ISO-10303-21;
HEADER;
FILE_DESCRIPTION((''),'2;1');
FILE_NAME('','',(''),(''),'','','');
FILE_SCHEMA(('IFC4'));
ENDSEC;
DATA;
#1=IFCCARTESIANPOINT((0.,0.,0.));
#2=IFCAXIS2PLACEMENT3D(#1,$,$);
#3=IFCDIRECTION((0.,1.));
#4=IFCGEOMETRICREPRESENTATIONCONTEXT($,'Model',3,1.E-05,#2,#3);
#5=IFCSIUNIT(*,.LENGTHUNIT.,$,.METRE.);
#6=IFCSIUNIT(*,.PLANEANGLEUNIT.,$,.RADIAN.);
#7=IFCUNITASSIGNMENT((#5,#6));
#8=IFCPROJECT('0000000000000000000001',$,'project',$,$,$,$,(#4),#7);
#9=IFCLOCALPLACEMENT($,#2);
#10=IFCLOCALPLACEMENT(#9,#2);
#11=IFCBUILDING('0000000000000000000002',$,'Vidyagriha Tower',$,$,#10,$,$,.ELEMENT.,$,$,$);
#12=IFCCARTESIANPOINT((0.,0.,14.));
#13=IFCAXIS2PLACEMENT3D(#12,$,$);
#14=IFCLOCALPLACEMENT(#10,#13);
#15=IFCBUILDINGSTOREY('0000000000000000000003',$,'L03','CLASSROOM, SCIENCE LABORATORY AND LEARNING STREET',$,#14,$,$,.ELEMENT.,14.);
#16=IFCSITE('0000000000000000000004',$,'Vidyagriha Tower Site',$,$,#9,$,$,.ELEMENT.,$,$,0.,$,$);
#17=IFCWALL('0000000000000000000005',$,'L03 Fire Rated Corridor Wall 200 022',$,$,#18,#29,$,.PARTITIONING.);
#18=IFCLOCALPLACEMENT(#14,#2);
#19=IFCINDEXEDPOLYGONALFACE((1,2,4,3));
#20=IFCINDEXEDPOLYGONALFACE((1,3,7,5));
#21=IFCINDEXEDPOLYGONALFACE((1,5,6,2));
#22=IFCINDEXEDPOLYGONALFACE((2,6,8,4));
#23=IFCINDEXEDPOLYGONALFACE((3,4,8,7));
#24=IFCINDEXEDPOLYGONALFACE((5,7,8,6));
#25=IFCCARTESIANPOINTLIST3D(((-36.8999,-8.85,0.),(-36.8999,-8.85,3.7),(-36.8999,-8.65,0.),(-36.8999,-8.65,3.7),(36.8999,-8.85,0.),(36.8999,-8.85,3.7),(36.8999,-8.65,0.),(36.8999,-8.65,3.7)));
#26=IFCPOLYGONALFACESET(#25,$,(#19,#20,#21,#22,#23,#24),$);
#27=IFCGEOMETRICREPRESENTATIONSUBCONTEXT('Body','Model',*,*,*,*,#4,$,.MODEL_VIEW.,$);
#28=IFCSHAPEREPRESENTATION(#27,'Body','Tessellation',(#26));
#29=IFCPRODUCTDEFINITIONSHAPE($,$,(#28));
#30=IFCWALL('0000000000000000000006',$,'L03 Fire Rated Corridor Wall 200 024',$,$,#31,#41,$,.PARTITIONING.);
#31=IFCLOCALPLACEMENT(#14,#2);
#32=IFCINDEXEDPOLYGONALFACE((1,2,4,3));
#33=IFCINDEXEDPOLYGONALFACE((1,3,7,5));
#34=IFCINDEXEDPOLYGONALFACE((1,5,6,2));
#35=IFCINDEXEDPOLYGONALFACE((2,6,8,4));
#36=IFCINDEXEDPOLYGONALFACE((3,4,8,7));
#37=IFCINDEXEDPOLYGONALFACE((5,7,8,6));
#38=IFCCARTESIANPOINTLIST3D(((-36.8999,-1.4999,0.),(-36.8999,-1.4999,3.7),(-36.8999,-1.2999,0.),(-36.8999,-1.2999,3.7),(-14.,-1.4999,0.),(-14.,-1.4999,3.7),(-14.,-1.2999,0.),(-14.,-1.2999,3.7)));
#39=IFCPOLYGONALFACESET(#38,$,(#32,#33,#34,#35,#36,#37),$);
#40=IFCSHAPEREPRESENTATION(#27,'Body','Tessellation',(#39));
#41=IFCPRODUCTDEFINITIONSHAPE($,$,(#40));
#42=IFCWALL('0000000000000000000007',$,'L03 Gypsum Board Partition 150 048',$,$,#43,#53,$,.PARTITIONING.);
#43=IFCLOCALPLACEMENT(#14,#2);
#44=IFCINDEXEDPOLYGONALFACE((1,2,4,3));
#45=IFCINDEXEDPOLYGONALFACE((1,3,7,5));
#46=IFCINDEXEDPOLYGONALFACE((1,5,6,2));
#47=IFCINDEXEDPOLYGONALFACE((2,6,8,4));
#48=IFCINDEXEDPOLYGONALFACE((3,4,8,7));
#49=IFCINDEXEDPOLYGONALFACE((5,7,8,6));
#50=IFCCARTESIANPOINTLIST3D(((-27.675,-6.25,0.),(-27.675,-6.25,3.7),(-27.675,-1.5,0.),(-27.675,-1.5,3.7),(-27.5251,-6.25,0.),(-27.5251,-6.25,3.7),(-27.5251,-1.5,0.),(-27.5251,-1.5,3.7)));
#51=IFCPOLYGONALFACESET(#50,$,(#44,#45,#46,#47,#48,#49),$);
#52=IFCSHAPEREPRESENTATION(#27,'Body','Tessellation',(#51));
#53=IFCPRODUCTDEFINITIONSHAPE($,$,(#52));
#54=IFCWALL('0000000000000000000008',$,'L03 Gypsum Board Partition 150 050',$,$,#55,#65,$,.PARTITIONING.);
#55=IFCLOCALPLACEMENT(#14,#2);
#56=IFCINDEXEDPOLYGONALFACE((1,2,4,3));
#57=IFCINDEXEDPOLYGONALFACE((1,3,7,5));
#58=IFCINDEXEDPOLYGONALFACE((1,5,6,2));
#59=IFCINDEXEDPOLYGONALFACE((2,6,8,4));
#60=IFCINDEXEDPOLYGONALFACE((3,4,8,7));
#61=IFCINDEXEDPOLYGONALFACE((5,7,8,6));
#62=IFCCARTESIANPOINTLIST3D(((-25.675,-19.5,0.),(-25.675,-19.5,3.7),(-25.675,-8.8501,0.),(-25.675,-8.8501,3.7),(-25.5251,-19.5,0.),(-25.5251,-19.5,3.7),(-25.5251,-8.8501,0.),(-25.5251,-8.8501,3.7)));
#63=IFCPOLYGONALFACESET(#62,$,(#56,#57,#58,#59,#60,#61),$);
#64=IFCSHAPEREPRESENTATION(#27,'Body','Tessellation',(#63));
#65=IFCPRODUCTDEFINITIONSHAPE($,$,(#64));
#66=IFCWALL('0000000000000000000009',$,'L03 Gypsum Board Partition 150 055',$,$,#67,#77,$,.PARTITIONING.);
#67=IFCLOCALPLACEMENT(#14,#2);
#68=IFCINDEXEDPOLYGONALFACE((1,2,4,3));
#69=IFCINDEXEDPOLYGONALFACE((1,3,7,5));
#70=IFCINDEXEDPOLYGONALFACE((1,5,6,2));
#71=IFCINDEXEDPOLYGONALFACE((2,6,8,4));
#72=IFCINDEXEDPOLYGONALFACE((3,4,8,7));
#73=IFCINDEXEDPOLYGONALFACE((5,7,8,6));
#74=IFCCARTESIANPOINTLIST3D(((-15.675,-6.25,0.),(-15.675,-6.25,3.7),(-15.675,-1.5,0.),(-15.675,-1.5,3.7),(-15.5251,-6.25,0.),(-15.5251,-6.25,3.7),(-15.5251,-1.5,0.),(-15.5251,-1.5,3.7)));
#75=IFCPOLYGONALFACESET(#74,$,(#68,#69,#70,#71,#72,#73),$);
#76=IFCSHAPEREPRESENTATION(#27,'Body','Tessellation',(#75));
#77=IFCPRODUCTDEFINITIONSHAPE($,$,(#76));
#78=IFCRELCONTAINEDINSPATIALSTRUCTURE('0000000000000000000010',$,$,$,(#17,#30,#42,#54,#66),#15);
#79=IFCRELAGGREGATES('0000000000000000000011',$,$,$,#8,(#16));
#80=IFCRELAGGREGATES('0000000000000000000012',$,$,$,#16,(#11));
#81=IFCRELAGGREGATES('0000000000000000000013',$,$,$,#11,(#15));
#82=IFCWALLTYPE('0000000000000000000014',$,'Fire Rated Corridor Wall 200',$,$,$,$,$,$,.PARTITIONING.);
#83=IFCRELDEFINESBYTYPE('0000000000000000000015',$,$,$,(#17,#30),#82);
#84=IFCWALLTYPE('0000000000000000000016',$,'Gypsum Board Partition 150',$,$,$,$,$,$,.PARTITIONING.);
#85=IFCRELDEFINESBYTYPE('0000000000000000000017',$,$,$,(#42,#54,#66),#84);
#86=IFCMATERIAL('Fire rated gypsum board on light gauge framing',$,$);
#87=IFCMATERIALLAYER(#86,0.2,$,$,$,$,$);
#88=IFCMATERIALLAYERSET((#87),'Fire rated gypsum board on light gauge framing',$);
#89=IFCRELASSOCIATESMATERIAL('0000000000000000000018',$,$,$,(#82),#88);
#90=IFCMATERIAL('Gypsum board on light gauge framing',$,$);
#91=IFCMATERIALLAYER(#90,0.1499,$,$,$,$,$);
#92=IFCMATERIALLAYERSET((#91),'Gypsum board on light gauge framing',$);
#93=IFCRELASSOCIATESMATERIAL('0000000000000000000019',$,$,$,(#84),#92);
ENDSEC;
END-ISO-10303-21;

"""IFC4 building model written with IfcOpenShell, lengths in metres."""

from ifc_helpers import new_model, si_unit, direction, frame, frame_2d, origin, place, context, subcontext, project, spatial, rectangle, extrude, material, layer, layer_set, type_object, element, save


model = new_model("IFC4")

# Units and contexts
model_context = context("Model", 3, precision=1e-05, world=origin(), true_north=direction((0.0, 1.0)))
body_context = subcontext(model_context, "Body", "Model", "MODEL_VIEW")
ifc_project = project(units=[si_unit("LENGTHUNIT", "METRE"), si_unit("PLANEANGLEUNIT", "RADIAN")], contexts=[model_context])

# Site, building, storey
site_placement = place(None, origin())
site = spatial("IfcSite", under=ifc_project, at=site_placement, Name="Vidyagriha Tower Site", CompositionType="ELEMENT", RefElevation=0.0)
building_placement = place(site_placement, origin())
building = spatial("IfcBuilding", under=site, at=building_placement, Name="Vidyagriha Tower", CompositionType="ELEMENT")
storey_placement = place(building_placement, frame((0.0, 0.0, 14.0)))
storey = spatial("IfcBuildingStorey", under=building, at=storey_placement, Name="L03", Description="CLASSROOM, SCIENCE LABORATORY AND LEARNING STREET", CompositionType="ELEMENT", Elevation=14.0)

# Walls
ifc_material_1 = material(Name="Fire rated gypsum board on light gauge framing")
ifc_layer_1 = layer(ifc_material_1, 0.2)
ifc_layer_set_1 = layer_set([ifc_layer_1], Name="Fire rated gypsum board on light gauge framing")
wall_type_1 = type_object("IfcWallType", Name="Fire Rated Corridor Wall 200", PredefinedType="PARTITIONING", material=ifc_layer_set_1)
wall_1_placement = place(storey_placement, frame((-36.8999, -8.75, 0.0)))
element("IfcWall", 1, at=wall_1_placement, inside=storey, type_object=wall_type_1, Name="L03 Fire Rated Corridor Wall 200 022", PredefinedType="PARTITIONING", context=body_context, shape_type="SweptSolid", body=[
    extrude(rectangle(XDim=73.7998, YDim=0.2, at=frame_2d((36.8999, 0.0))), origin(), (0.0, 0.0, 1.0), 3.7),
])
wall_2_placement = place(storey_placement, frame((-36.8999, -1.3999, 0.0)))
element("IfcWall", 2, at=wall_2_placement, inside=storey, type_object=wall_type_1, Name="L03 Fire Rated Corridor Wall 200 024", PredefinedType="PARTITIONING", context=body_context, shape_type="SweptSolid", body=[
    extrude(rectangle(XDim=22.8999, YDim=0.2, at=frame_2d((11.45, 0.0))), origin(), (0.0, 0.0, 1.0), 3.7),
])
ifc_material_2 = material(Name="Gypsum board on light gauge framing")
ifc_layer_2 = layer(ifc_material_2, 0.1499)
ifc_layer_set_2 = layer_set([ifc_layer_2], Name="Gypsum board on light gauge framing")
wall_type_2 = type_object("IfcWallType", Name="Gypsum Board Partition 150", PredefinedType="PARTITIONING", material=ifc_layer_set_2)
wall_3_placement = place(storey_placement, frame((-27.6001, -6.25, 0.0), z_axis=(0.0, 0.0, 1.0), x_axis=(0.0, 1.0, 0.0)))
element("IfcWall", 3, at=wall_3_placement, inside=storey, type_object=wall_type_2, Name="L03 Gypsum Board Partition 150 048", PredefinedType="PARTITIONING", context=body_context, shape_type="SweptSolid", body=[
    extrude(rectangle(XDim=4.75, YDim=0.1499, at=frame_2d((2.375, 0.0))), origin(), (0.0, 0.0, 1.0), 3.7),
])
wall_4_placement = place(storey_placement, frame((-25.6001, -19.5, 0.0), z_axis=(0.0, 0.0, 1.0), x_axis=(0.0, 1.0, 0.0)))
element("IfcWall", 4, at=wall_4_placement, inside=storey, type_object=wall_type_2, Name="L03 Gypsum Board Partition 150 050", PredefinedType="PARTITIONING", context=body_context, shape_type="SweptSolid", body=[
    extrude(rectangle(XDim=10.6499, YDim=0.1499, at=frame_2d((5.325, 0.0))), origin(), (0.0, 0.0, 1.0), 3.7),
])
wall_5_placement = place(storey_placement, frame((-15.6001, -6.25, 0.0), z_axis=(0.0, 0.0, 1.0), x_axis=(0.0, 1.0, 0.0)))
element("IfcWall", 5, at=wall_5_placement, inside=storey, type_object=wall_type_2, Name="L03 Gypsum Board Partition 150 055", PredefinedType="PARTITIONING", context=body_context, shape_type="SweptSolid", body=[
    extrude(rectangle(XDim=4.75, YDim=0.1499, at=frame_2d((2.375, 0.0))), origin(), (0.0, 0.0, 1.0), 3.7),
])

save(model, "model.ifc")
